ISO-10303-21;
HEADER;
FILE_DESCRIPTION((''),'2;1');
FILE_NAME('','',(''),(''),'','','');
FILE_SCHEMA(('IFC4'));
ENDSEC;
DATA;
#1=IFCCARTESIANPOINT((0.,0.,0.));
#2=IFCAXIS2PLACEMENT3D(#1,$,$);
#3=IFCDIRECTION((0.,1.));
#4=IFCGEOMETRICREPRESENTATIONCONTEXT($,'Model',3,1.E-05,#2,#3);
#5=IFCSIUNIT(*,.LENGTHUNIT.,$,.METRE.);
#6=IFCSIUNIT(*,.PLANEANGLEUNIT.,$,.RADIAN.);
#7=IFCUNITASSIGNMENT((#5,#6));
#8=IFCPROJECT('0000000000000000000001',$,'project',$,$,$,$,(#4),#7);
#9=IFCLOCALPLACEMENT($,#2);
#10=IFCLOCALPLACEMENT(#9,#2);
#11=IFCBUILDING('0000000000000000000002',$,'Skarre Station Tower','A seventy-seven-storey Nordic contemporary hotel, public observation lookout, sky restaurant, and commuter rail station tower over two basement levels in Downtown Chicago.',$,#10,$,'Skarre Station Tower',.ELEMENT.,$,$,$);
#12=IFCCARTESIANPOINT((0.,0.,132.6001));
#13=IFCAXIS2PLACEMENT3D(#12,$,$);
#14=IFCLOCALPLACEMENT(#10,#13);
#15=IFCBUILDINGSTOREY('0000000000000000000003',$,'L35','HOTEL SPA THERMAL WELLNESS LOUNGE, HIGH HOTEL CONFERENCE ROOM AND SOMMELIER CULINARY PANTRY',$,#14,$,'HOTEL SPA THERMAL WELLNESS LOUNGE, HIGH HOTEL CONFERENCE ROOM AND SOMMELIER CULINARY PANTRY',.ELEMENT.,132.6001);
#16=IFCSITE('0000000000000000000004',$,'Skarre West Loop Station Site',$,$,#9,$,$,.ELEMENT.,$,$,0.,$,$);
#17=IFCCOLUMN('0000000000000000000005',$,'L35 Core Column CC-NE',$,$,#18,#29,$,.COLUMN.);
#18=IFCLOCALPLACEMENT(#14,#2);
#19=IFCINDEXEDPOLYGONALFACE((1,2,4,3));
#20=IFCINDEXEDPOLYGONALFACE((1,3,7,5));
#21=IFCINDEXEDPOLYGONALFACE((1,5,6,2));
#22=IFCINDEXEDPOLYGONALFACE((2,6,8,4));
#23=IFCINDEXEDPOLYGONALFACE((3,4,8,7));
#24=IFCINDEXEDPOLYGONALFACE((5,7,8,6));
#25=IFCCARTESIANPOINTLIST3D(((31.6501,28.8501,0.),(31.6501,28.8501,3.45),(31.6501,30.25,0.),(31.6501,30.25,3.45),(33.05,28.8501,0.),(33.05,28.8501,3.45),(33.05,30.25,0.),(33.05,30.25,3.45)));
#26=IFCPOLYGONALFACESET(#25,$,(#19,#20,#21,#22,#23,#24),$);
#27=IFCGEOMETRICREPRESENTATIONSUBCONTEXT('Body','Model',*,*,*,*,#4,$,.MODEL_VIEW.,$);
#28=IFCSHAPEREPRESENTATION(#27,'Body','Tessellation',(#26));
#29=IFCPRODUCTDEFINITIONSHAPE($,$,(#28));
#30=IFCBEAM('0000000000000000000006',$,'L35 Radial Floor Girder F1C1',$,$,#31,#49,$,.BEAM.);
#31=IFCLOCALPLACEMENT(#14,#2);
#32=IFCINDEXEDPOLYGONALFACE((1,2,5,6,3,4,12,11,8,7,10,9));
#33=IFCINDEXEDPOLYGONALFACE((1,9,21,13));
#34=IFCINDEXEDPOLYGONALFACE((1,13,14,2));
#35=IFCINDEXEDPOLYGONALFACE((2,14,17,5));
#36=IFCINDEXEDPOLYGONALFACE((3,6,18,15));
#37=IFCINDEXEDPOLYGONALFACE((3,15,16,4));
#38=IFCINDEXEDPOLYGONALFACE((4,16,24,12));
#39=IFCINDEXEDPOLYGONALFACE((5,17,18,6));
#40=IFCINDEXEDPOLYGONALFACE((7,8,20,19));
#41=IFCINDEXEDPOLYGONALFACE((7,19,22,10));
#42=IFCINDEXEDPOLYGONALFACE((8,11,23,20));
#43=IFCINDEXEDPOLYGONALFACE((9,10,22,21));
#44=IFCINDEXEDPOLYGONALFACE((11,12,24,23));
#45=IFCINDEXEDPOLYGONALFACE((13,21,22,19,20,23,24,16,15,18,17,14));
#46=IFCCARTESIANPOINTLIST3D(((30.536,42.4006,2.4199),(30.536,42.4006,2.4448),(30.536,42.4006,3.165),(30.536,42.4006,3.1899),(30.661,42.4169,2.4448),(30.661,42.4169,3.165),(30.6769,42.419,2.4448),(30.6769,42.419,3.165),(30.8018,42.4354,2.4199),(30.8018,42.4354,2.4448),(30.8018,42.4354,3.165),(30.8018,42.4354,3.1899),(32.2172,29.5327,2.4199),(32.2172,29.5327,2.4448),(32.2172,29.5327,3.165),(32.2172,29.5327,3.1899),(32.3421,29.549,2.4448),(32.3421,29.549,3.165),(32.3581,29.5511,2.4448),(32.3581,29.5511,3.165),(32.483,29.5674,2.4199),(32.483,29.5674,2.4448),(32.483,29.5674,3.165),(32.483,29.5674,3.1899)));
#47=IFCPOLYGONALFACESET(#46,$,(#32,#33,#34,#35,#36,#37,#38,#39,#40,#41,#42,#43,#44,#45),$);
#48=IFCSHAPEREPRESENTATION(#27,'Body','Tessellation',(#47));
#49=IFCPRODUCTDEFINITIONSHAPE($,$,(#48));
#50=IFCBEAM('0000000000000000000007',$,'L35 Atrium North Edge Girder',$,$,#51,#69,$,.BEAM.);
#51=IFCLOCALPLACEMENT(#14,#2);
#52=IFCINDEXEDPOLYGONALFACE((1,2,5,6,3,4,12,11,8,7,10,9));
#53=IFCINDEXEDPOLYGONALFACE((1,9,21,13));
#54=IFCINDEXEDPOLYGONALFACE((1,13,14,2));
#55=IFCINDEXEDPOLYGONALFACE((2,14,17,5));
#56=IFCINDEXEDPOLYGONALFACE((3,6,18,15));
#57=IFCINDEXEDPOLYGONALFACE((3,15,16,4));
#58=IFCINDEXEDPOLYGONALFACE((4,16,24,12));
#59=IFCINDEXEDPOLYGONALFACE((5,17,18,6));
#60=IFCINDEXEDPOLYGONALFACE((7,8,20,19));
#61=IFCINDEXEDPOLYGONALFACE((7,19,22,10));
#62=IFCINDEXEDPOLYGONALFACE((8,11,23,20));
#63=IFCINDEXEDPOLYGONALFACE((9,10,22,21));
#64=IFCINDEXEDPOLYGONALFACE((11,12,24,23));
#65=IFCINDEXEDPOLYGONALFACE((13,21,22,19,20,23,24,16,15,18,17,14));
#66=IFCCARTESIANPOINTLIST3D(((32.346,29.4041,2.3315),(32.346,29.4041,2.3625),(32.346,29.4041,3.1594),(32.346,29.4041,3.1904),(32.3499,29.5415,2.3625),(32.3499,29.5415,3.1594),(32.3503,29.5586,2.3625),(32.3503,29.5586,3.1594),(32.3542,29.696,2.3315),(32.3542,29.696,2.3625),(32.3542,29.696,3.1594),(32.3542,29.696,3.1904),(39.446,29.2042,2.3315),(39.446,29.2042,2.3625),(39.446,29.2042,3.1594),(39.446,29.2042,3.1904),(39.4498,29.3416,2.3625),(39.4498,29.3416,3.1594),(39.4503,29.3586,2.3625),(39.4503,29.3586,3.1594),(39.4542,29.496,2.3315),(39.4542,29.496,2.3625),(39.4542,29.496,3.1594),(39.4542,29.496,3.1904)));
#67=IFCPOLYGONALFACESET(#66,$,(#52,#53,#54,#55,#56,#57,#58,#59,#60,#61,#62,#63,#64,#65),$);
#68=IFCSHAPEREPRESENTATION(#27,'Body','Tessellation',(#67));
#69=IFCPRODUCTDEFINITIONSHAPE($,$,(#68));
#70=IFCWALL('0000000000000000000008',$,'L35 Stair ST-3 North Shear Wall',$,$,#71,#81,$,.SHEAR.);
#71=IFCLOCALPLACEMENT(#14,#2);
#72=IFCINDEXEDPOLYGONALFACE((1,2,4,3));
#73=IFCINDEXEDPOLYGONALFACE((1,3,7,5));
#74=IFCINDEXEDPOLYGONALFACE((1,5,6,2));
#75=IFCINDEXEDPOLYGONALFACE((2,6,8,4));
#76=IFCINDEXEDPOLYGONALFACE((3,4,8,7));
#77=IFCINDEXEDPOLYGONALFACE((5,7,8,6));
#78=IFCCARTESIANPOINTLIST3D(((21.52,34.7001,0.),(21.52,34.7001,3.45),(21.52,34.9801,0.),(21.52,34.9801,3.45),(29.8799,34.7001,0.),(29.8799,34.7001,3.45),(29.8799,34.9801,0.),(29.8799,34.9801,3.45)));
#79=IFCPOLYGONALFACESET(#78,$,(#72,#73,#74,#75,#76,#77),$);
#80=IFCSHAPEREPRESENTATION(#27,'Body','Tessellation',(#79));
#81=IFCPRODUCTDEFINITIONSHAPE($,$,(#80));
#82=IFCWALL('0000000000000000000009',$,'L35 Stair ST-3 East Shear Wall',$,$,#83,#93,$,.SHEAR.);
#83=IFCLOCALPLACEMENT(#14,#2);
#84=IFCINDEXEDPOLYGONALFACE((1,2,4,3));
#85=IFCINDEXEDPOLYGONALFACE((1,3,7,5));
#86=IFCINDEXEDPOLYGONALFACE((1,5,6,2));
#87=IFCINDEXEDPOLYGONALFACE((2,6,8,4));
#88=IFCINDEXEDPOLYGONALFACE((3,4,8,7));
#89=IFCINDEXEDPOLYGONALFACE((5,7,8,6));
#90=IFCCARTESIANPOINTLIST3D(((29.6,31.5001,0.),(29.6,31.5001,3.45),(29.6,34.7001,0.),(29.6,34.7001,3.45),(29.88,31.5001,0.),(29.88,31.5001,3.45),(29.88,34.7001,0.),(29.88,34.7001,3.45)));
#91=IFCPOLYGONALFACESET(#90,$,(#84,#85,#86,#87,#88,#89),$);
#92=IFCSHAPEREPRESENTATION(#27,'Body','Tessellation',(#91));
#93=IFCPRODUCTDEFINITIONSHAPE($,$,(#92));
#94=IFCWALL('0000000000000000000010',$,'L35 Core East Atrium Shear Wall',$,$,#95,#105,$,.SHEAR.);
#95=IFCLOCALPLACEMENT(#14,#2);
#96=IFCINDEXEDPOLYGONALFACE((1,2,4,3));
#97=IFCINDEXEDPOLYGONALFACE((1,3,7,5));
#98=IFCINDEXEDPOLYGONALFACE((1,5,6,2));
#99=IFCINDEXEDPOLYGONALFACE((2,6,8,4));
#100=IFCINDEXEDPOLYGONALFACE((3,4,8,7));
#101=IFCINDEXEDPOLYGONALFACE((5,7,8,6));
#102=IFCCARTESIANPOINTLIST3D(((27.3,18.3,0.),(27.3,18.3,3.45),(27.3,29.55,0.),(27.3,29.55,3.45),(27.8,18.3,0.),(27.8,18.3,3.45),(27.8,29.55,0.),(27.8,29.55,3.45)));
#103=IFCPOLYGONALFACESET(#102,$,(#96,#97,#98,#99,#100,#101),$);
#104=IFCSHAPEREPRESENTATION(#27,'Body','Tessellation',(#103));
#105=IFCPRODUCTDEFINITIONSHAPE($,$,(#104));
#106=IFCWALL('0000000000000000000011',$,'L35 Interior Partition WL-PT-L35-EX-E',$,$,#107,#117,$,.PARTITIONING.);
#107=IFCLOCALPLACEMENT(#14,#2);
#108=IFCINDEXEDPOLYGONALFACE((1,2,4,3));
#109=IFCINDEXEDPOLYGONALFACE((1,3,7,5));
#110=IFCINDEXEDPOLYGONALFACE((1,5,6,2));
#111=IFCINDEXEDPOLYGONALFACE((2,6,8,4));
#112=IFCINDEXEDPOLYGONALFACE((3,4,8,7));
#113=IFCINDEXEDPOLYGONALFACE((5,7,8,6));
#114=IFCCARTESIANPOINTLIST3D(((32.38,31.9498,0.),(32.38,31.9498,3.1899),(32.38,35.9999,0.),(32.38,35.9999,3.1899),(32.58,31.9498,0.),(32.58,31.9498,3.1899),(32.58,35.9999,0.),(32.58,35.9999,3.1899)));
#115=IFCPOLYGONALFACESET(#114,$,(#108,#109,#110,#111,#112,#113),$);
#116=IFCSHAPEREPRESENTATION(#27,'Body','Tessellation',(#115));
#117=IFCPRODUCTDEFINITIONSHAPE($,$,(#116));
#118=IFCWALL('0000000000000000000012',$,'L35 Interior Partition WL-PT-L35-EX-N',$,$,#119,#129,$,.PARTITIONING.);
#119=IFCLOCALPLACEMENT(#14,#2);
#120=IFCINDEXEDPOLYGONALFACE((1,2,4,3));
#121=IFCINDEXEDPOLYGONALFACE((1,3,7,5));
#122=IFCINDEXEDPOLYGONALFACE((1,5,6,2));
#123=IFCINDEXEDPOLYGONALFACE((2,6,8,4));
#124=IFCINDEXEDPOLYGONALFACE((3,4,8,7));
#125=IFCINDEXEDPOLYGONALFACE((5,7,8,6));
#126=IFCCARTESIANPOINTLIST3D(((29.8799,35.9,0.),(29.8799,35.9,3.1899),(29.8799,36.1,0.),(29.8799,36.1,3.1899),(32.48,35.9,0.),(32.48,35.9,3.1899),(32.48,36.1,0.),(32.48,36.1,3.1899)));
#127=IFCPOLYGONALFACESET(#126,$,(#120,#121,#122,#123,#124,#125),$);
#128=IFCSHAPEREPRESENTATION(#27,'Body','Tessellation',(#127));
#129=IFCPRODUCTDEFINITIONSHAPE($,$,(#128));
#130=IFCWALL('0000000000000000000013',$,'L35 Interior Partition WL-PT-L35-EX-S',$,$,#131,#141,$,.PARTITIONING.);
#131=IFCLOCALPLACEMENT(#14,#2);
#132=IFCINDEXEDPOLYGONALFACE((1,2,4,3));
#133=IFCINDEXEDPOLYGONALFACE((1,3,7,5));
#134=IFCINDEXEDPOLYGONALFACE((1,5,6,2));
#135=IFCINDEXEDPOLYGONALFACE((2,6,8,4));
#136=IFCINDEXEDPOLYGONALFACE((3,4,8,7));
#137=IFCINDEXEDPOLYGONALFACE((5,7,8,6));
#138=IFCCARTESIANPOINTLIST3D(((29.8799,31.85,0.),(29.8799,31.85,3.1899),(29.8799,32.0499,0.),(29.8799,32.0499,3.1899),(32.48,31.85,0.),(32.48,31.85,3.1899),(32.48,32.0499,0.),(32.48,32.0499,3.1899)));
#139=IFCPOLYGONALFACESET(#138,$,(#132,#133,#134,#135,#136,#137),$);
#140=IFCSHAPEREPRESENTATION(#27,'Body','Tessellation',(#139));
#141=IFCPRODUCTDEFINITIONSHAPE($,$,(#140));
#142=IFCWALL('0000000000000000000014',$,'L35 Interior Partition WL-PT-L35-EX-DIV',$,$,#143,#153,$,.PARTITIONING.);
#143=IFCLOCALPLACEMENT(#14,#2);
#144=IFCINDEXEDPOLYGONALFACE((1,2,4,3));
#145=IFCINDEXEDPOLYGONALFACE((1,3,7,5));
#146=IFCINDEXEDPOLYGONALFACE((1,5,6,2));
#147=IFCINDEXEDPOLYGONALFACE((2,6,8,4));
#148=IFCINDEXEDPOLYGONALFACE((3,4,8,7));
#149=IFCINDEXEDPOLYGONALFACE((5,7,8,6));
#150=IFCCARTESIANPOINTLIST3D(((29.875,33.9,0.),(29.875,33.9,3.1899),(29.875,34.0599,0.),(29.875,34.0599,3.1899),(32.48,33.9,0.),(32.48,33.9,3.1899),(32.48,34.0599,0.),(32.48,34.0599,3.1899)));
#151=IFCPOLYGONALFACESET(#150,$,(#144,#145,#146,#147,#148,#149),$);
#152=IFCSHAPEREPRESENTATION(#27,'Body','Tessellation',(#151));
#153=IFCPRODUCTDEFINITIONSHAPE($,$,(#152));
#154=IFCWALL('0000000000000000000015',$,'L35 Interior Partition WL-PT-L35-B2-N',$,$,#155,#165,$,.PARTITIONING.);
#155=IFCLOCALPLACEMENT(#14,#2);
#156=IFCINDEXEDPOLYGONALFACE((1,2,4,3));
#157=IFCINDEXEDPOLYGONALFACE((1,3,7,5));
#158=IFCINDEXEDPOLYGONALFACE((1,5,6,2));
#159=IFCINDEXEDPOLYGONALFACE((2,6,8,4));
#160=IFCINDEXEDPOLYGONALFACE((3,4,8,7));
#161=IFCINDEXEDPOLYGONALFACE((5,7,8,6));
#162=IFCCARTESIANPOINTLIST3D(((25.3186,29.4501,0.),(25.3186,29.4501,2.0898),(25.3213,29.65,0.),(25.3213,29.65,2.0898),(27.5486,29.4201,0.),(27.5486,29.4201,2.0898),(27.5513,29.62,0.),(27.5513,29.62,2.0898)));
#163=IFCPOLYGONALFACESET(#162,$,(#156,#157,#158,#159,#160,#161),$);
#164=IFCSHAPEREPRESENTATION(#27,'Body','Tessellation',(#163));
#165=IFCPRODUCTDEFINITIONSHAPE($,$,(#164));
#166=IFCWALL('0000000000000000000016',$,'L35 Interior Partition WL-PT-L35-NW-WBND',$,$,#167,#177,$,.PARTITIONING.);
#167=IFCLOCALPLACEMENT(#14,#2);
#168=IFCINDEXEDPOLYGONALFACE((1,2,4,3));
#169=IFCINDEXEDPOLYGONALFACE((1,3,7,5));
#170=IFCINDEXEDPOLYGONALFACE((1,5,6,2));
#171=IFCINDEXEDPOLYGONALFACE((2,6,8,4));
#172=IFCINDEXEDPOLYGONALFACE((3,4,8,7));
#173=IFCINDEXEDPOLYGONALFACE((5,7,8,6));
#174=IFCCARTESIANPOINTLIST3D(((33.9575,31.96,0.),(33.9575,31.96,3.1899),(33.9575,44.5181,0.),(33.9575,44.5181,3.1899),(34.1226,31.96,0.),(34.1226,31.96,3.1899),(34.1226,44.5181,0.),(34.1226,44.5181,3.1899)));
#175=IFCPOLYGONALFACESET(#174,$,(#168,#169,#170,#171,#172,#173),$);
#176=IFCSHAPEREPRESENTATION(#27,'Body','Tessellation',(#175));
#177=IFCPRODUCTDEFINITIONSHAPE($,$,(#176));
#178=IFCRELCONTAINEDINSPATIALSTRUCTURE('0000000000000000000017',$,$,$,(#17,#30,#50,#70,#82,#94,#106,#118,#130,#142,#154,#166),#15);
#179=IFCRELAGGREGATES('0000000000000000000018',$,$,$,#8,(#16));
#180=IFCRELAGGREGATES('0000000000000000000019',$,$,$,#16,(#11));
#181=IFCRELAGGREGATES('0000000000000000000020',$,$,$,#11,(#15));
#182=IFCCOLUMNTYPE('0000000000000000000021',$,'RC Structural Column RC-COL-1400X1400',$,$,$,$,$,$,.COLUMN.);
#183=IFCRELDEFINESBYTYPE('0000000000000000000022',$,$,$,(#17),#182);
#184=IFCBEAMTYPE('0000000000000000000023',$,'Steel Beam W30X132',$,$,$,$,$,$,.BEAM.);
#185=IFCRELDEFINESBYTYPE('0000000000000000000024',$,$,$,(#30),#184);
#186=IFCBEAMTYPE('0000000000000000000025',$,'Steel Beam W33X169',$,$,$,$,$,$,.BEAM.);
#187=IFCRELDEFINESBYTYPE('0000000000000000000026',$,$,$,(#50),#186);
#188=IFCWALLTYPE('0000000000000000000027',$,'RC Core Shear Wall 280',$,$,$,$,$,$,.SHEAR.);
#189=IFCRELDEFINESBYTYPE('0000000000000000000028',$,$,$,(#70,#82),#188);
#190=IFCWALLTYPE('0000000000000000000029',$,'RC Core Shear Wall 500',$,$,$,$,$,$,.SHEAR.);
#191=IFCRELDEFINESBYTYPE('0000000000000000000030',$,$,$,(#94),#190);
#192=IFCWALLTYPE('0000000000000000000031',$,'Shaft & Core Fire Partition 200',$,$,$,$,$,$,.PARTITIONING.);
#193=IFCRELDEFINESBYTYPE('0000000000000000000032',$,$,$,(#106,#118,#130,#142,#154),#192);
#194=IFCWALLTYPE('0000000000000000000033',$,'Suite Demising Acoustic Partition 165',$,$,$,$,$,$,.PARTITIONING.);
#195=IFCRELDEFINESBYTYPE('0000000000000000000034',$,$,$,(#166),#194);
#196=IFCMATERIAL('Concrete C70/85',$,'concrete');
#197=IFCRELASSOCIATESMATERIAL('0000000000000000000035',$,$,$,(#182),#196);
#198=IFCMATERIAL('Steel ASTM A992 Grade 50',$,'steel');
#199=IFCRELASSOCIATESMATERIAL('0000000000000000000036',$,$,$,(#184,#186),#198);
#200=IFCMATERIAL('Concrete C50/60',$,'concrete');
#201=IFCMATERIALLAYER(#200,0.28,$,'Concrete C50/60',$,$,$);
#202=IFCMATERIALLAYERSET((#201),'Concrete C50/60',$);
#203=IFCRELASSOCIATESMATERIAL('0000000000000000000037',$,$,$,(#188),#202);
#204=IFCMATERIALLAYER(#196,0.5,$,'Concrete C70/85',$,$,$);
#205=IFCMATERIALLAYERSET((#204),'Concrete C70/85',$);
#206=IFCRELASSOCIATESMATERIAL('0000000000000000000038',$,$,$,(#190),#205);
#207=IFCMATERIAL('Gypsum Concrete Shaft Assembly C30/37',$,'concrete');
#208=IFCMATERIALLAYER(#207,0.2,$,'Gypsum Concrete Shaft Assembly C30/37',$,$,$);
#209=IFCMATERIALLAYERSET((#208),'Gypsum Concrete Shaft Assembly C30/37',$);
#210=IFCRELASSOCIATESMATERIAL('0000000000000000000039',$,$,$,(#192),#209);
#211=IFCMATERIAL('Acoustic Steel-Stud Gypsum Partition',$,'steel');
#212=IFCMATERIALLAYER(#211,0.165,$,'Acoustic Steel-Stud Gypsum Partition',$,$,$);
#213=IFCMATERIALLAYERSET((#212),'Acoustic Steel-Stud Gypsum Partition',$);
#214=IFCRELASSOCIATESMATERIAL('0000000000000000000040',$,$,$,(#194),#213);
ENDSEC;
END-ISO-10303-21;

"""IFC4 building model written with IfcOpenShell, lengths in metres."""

from ifc_helpers import new_model, si_unit, direction, frame, frame_2d, origin, origin_2d, place, context, subcontext, project, spatial, rectangle, i_section, extrude, material, layer, layer_set, material_profile, profile_set, type_object, element, save


model = new_model("IFC4")

# Units and contexts
model_context = context("Model", 3, precision=1e-05, world=origin(), true_north=direction((0.0, 1.0)))
body_context = subcontext(model_context, "Body", "Model", "MODEL_VIEW")
ifc_project = project(units=[si_unit("LENGTHUNIT", "METRE"), si_unit("PLANEANGLEUNIT", "RADIAN")], contexts=[model_context])

# Site, building, storey
site_placement = place(None, origin())
site = spatial("IfcSite", under=ifc_project, at=site_placement, Name="Skarre West Loop Station Site", CompositionType="ELEMENT", RefElevation=0.0)
building_placement = place(site_placement, origin())
building = spatial("IfcBuilding", under=site, at=building_placement, Name="Skarre Station Tower", Description="A seventy-seven-storey Nordic contemporary hotel, public observation lookout, sky restaurant, and commuter rail station tower over two basement levels in Downtown Chicago.", LongName="Skarre Station Tower", CompositionType="ELEMENT")
storey_placement = place(building_placement, frame((0.0, 0.0, 132.6001)))
storey = spatial("IfcBuildingStorey", under=building, at=storey_placement, Name="L35", Description="HOTEL SPA THERMAL WELLNESS LOUNGE, HIGH HOTEL CONFERENCE ROOM AND SOMMELIER CULINARY PANTRY", LongName="HOTEL SPA THERMAL WELLNESS LOUNGE, HIGH HOTEL CONFERENCE ROOM AND SOMMELIER CULINARY PANTRY", CompositionType="ELEMENT", Elevation=132.6001)

# Column
ifc_material_1 = material(Name="Concrete C70/85", Category="concrete")
ifc_material_profile_1 = material_profile(ifc_material_1, rectangle(XDim=1.3999, YDim=1.3999, at=origin_2d()), Name="Concrete C70/85")
ifc_profile_set_1 = profile_set([ifc_material_profile_1], Name="Concrete C70/85")
column_type = type_object("IfcColumnType", Name="RC Structural Column RC-COL-1400X1400", PredefinedType="COLUMN", material=ifc_profile_set_1)
column_placement = place(storey_placement, frame((32.3501, 29.55, 0.0), z_axis=(0.0, 0.0, 1.0), x_axis=(1.0, 0.0, 0.0)))
element("IfcColumn", 1, at=column_placement, inside=storey, type_object=column_type, Name="L35 Core Column CC-NE", PredefinedType="COLUMN", context=body_context, shape_type="SweptSolid", body=[
    extrude(rectangle(XDim=1.3999, YDim=1.3999, at=origin_2d()), origin(), (0.0, 0.0, 1.0), 3.45),
])

# Beams
ifc_material_2 = material(Name="Steel ASTM A992 Grade 50", Category="steel")
ifc_material_profile_2 = material_profile(ifc_material_2, i_section(OverallWidth=0.2681, OverallDepth=0.77, WebThickness=0.0161, FlangeThickness=0.0249, at=origin_2d()), Name="Steel ASTM A992 Grade 50")
ifc_profile_set_2 = profile_set([ifc_material_profile_2], Name="Steel ASTM A992 Grade 50")
beam_type_1 = type_object("IfcBeamType", Name="Steel Beam W30X132", PredefinedType="BEAM", material=ifc_profile_set_2)
beam_1_placement = place(storey_placement, frame((32.3501, 29.55, 2.8049), z_axis=(-0.129546, 0.991573, 0.0), x_axis=(-0.991573, -0.129546, 0.0)))
element("IfcBeam", 2, at=beam_1_placement, inside=storey, type_object=beam_type_1, Name="L35 Radial Floor Girder F1C1", PredefinedType="BEAM", context=body_context, shape_type="SweptSolid", body=[
    extrude(i_section(OverallWidth=0.2681, OverallDepth=0.77, WebThickness=0.0161, FlangeThickness=0.0249, at=origin_2d()), origin(), (0.0, 0.0, 1.0), 12.9773),
])
ifc_material_profile_3 = material_profile(ifc_material_2, i_section(OverallWidth=0.292, OverallDepth=0.8589, WebThickness=0.0171, FlangeThickness=0.031, at=origin_2d()), Name="Steel ASTM A992 Grade 50")
ifc_profile_set_3 = profile_set([ifc_material_profile_3], Name="Steel ASTM A992 Grade 50")
beam_type_2 = type_object("IfcBeamType", Name="Steel Beam W33X169", PredefinedType="BEAM", material=ifc_profile_set_3)
beam_2_placement = place(storey_placement, frame((32.3501, 29.55, 2.761), z_axis=(0.999604, -0.028152, 0.0), x_axis=(0.028152, 0.999604, 0.0)))
element("IfcBeam", 3, at=beam_2_placement, inside=storey, type_object=beam_type_2, Name="L35 Atrium North Edge Girder", PredefinedType="BEAM", context=body_context, shape_type="SweptSolid", body=[
    extrude(i_section(OverallWidth=0.292, OverallDepth=0.8589, WebThickness=0.0171, FlangeThickness=0.031, at=origin_2d()), origin(), (0.0, 0.0, 1.0), 7.1028),
])

# Walls
ifc_material_3 = material(Name="Concrete C50/60", Category="concrete")
ifc_layer_1 = layer(ifc_material_3, 0.28, Name="Concrete C50/60")
ifc_layer_set_1 = layer_set([ifc_layer_1], Name="Concrete C50/60")
wall_type_1 = type_object("IfcWallType", Name="RC Core Shear Wall 280", PredefinedType="SHEAR", material=ifc_layer_set_1)
wall_1_placement = place(storey_placement, frame((29.8799, 34.8401, 0.0), z_axis=(0.0, 0.0, 1.0), x_axis=(-1.0, 0.0, 0.0)))
element("IfcWall", 4, at=wall_1_placement, inside=storey, type_object=wall_type_1, Name="L35 Stair ST-3 North Shear Wall", PredefinedType="SHEAR", context=body_context, shape_type="SweptSolid", body=[
    extrude(rectangle(XDim=8.3599, YDim=0.28, at=frame_2d((4.1799, 0.0))), origin(), (0.0, 0.0, 1.0), 3.45),
])
wall_2_placement = place(storey_placement, frame((29.74, 31.5, 0.0), z_axis=(0.0, 0.0, 1.0), x_axis=(0.0, 1.0, 0.0)))
element("IfcWall", 5, at=wall_2_placement, inside=storey, type_object=wall_type_1, Name="L35 Stair ST-3 East Shear Wall", PredefinedType="SHEAR", context=body_context, shape_type="SweptSolid", body=[
    extrude(rectangle(XDim=3.2, YDim=0.28, at=frame_2d((1.6001, 0.0))), origin(), (0.0, 0.0, 1.0), 3.45),
])
ifc_layer_2 = layer(ifc_material_1, 0.5, Name="Concrete C70/85")
ifc_layer_set_2 = layer_set([ifc_layer_2], Name="Concrete C70/85")
wall_type_2 = type_object("IfcWallType", Name="RC Core Shear Wall 500", PredefinedType="SHEAR", material=ifc_layer_set_2)
wall_3_placement = place(storey_placement, frame((27.55, 29.55, 0.0), z_axis=(0.0, 0.0, 1.0), x_axis=(0.0, -1.0, 0.0)))
element("IfcWall", 6, at=wall_3_placement, inside=storey, type_object=wall_type_2, Name="L35 Core East Atrium Shear Wall", PredefinedType="SHEAR", context=body_context, shape_type="SweptSolid", body=[
    extrude(rectangle(XDim=11.25, YDim=0.5, at=frame_2d((5.625, 0.0))), origin(), (0.0, 0.0, 1.0), 3.45),
])
ifc_material_4 = material(Name="Gypsum Concrete Shaft Assembly C30/37", Category="concrete")
ifc_layer_3 = layer(ifc_material_4, 0.2, Name="Gypsum Concrete Shaft Assembly C30/37")
ifc_layer_set_3 = layer_set([ifc_layer_3], Name="Gypsum Concrete Shaft Assembly C30/37")
wall_type_3 = type_object("IfcWallType", Name="Shaft & Core Fire Partition 200", PredefinedType="PARTITIONING", material=ifc_layer_set_3)
wall_4_placement = place(storey_placement, frame((32.48, 31.95, 0.0), z_axis=(0.0, 0.0, 1.0), x_axis=(0.0, 1.0, 0.0)))
element("IfcWall", 7, at=wall_4_placement, inside=storey, type_object=wall_type_3, Name="L35 Interior Partition WL-PT-L35-EX-E", PredefinedType="PARTITIONING", context=body_context, shape_type="SweptSolid", body=[
    extrude(rectangle(XDim=4.05, YDim=0.2, at=frame_2d((2.0249, 0.0))), origin(), (0.0, 0.0, 1.0), 3.1899),
])
for number, where, z_axis, x_axis, name in (
    (8, (29.8799, 36.0, 0.0), (0.0, 0.0, 1.0), (1.0, 0.0, 0.0), "L35 Interior Partition WL-PT-L35-EX-N"),
    (9, (32.48, 31.95, 0.0), (0.0, 0.0, 1.0), (-1.0, 0.0, 0.0), "L35 Interior Partition WL-PT-L35-EX-S"),
):
    element("IfcWall", number, at=place(storey_placement, frame(where, z_axis=z_axis, x_axis=x_axis)), inside=storey, type_object=wall_type_3, Name=name, PredefinedType="PARTITIONING", context=body_context, shape_type="SweptSolid", body=[
        extrude(rectangle(XDim=2.6001, YDim=0.2, at=frame_2d((1.3, 0.0))), origin(), (0.0, 0.0, 1.0), 3.1899),
    ])
wall_5_placement = place(storey_placement, frame((29.875, 33.98, 0.0), z_axis=(0.0, 0.0, 1.0), x_axis=(1.0, 0.0, 0.0)))
element("IfcWall", 10, at=wall_5_placement, inside=storey, type_object=wall_type_3, Name="L35 Interior Partition WL-PT-L35-EX-DIV", PredefinedType="PARTITIONING", context=body_context, shape_type="SweptSolid", body=[
    extrude(rectangle(XDim=2.605, YDim=0.1599, at=frame_2d((1.3025, 0.0))), origin(), (0.0, 0.0, 1.0), 3.1899),
])
wall_6_placement = place(storey_placement, frame((27.55, 29.52, 0.0), z_axis=(0.0, 0.0, 1.0), x_axis=(-0.999909, 0.013465, 0.0)))
element("IfcWall", 11, at=wall_6_placement, inside=storey, type_object=wall_type_3, Name="L35 Interior Partition WL-PT-L35-B2-N", PredefinedType="PARTITIONING", context=body_context, shape_type="SweptSolid", body=[
    extrude(rectangle(XDim=2.2302, YDim=0.2, at=frame_2d((1.1152, 0.0))), origin(), (0.0, 0.0, 1.0), 2.0898),
])
ifc_material_5 = material(Name="Acoustic Steel-Stud Gypsum Partition", Category="steel")
ifc_layer_4 = layer(ifc_material_5, 0.165, Name="Acoustic Steel-Stud Gypsum Partition")
ifc_layer_set_4 = layer_set([ifc_layer_4], Name="Acoustic Steel-Stud Gypsum Partition")
wall_type_4 = type_object("IfcWallType", Name="Suite Demising Acoustic Partition 165", PredefinedType="PARTITIONING", material=ifc_layer_set_4)
wall_7_placement = place(storey_placement, frame((34.04, 31.96, 0.0), z_axis=(0.0, 0.0, 1.0), x_axis=(0.0, 1.0, 0.0)))
element("IfcWall", 12, at=wall_7_placement, inside=storey, type_object=wall_type_4, Name="L35 Interior Partition WL-PT-L35-NW-WBND", PredefinedType="PARTITIONING", context=body_context, shape_type="SweptSolid", body=[
    extrude(rectangle(XDim=12.5581, YDim=0.165, at=frame_2d((6.2791, 0.0))), origin(), (0.0, 0.0, 1.0), 3.1899),
])

save(model, "model.ifc")
